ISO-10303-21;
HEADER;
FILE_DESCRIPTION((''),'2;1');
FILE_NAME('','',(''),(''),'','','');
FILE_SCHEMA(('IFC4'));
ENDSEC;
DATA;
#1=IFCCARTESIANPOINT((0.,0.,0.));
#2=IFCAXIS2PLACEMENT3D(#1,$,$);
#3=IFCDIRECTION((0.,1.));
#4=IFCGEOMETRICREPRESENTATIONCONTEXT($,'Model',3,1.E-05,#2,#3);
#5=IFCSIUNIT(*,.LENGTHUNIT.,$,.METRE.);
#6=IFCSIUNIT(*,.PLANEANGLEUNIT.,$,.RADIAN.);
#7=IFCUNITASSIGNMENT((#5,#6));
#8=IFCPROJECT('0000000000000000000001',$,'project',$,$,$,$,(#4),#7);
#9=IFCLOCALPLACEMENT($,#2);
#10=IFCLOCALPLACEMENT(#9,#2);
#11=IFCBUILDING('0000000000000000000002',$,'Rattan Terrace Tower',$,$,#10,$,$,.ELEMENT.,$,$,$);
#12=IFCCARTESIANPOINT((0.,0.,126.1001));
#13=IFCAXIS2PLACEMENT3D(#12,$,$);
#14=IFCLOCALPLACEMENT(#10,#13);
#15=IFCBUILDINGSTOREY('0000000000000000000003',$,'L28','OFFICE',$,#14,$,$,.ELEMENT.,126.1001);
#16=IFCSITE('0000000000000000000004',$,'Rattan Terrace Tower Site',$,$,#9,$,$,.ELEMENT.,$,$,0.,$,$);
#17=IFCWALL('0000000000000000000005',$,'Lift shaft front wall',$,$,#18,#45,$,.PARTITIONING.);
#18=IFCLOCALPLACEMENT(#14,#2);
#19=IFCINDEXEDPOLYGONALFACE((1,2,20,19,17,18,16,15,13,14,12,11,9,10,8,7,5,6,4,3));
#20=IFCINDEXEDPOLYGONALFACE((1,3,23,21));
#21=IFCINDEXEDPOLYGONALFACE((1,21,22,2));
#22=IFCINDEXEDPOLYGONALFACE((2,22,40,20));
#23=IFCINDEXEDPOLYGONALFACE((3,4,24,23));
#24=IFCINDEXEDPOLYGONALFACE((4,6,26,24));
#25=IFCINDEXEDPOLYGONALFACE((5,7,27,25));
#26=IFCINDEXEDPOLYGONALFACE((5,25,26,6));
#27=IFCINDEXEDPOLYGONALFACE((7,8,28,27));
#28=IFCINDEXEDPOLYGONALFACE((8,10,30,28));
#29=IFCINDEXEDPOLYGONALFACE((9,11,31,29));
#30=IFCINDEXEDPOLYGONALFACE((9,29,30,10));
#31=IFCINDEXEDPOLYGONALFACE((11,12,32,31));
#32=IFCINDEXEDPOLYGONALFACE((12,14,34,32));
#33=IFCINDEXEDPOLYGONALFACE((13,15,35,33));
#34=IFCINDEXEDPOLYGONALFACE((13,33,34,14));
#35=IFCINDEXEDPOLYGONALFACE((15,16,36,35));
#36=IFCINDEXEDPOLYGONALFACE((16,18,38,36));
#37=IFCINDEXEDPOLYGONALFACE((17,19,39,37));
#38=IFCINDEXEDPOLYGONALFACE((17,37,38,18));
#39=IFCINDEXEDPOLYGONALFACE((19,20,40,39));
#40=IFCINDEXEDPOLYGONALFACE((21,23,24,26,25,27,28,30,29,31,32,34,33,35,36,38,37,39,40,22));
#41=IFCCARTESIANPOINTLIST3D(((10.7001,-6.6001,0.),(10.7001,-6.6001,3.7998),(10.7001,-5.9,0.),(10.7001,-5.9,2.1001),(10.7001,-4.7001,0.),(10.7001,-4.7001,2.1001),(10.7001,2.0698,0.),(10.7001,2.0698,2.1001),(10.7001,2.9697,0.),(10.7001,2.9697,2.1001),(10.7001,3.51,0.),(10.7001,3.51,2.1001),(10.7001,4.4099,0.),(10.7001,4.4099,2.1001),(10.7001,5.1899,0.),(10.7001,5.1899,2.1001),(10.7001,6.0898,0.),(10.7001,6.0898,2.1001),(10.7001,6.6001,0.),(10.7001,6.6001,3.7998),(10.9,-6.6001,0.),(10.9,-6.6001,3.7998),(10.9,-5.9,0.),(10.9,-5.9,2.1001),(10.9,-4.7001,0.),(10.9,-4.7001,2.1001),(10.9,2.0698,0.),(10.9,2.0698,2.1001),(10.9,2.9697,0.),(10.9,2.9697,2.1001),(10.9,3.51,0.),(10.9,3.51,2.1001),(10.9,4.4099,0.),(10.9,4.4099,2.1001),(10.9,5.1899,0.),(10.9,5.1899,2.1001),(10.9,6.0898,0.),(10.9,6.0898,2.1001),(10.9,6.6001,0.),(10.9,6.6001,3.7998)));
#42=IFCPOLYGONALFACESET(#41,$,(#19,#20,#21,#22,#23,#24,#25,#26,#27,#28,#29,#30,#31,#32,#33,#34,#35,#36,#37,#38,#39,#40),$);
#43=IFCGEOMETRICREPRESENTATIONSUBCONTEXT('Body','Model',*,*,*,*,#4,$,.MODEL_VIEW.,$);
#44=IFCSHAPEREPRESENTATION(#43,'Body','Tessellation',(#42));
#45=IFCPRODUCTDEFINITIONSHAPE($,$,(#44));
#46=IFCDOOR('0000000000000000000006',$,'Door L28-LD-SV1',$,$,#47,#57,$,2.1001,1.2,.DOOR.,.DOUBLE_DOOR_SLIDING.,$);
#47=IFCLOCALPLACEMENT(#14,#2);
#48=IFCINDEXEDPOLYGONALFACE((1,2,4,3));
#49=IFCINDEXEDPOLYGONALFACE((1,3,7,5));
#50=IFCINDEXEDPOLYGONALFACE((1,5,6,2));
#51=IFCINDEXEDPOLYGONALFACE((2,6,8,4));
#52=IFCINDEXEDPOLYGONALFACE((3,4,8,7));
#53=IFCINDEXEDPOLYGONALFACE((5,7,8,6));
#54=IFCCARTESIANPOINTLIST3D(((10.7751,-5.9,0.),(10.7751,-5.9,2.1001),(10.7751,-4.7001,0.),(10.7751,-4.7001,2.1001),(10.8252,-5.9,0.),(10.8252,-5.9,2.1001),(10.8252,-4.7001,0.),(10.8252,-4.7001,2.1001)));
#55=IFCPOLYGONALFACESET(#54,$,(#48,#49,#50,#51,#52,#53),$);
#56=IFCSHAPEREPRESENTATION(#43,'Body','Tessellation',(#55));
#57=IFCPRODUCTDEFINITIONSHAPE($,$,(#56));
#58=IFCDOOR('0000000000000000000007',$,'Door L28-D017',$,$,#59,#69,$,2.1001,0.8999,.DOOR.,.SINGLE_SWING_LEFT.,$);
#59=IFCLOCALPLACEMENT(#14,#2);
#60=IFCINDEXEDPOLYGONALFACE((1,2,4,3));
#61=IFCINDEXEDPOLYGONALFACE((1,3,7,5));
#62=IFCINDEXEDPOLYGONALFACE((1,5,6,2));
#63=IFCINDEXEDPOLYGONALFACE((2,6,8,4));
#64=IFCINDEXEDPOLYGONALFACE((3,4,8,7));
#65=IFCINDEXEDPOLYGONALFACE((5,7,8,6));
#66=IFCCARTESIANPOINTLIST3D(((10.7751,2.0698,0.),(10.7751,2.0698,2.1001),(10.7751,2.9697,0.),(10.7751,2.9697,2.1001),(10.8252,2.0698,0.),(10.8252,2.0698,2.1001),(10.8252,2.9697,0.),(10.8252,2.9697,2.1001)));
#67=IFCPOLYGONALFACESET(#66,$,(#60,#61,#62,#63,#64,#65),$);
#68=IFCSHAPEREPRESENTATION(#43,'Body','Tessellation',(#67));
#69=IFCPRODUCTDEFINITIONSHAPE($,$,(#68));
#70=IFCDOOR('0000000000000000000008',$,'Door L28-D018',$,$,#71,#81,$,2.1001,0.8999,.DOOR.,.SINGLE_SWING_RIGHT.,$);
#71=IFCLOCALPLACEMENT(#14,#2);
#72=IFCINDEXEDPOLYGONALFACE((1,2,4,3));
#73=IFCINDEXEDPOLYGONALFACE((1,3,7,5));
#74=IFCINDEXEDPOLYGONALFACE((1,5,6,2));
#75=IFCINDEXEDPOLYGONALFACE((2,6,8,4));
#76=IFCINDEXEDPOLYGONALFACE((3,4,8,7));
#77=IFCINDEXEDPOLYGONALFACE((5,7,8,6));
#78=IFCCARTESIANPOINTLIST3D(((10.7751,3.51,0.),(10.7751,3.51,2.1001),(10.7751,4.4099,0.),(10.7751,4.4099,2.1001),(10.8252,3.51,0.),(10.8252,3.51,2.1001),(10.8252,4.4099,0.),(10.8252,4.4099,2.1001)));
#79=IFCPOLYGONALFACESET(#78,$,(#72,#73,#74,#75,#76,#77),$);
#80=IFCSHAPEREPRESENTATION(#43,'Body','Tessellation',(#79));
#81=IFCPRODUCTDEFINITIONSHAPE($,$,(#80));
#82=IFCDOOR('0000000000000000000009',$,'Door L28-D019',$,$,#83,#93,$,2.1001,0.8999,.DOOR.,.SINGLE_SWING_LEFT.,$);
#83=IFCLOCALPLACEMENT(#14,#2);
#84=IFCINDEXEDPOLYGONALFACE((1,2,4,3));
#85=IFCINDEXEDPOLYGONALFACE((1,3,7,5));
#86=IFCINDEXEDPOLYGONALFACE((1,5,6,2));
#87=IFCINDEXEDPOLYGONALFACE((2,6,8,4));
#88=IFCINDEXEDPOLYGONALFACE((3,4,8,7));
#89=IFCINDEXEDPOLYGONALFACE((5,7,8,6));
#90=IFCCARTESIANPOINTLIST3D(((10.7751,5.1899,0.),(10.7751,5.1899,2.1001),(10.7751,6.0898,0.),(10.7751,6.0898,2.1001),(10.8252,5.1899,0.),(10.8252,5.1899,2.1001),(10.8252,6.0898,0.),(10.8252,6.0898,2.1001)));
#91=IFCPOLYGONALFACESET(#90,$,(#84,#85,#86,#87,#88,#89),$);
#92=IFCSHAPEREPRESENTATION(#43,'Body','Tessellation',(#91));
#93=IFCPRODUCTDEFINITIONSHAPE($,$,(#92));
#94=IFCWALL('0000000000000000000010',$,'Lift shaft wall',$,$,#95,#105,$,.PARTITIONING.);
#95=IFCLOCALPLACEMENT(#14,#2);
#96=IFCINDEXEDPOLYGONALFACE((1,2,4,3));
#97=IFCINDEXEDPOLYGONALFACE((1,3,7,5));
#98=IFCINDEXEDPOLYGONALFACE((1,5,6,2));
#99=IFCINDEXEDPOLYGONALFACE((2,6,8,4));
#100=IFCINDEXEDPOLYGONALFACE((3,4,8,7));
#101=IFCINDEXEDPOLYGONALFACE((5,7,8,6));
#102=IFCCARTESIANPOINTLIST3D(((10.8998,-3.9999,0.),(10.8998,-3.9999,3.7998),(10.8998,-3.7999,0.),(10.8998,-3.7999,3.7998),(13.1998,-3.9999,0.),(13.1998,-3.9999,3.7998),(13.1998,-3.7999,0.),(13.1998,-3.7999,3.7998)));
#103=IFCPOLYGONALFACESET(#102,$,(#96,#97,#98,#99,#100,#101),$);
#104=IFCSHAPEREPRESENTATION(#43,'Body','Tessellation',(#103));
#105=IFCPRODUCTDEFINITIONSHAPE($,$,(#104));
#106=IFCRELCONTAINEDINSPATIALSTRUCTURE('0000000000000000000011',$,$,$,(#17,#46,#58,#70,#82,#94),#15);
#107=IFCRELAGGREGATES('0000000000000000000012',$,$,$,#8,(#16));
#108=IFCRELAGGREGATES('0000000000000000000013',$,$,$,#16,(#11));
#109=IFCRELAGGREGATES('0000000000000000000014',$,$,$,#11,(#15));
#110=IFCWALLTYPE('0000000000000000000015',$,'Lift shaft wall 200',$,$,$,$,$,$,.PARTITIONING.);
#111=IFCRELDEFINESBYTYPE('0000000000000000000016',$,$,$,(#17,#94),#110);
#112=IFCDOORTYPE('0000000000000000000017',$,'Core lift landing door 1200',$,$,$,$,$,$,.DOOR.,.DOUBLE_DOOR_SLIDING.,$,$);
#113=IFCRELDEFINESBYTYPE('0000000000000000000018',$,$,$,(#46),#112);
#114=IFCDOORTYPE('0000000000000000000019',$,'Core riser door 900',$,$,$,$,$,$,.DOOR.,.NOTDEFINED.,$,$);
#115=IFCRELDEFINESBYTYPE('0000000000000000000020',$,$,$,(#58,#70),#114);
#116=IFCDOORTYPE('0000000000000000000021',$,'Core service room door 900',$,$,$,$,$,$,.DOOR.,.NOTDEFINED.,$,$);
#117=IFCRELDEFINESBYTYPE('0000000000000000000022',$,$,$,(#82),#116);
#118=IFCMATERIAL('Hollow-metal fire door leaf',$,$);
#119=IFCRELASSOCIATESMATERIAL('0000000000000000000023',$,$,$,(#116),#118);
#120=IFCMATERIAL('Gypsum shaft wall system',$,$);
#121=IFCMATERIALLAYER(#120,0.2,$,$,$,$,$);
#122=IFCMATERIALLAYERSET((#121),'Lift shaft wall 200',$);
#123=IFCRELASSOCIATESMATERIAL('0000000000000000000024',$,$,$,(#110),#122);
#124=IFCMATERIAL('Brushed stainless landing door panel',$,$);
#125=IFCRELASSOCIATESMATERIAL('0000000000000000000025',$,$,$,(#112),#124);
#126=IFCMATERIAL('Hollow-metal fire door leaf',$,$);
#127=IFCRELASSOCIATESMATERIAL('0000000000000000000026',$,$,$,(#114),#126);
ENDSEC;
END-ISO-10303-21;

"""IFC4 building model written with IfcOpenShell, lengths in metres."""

from ifc_helpers import new_model, si_unit, direction, frame, frame_2d, origin, place, context, subcontext, project, spatial, rectangle, extrude, material, layer, layer_set, type_object, element, fill, save


model = new_model("IFC4")

# Units and contexts
model_context = context("Model", 3, precision=1e-05, world=origin(), true_north=direction((0.0, 1.0)))
body_context = subcontext(model_context, "Body", "Model", "MODEL_VIEW")
ifc_project = project(units=[si_unit("LENGTHUNIT", "METRE"), si_unit("PLANEANGLEUNIT", "RADIAN")], contexts=[model_context])

# Site, building, storey
site_placement = place(None, origin())
site = spatial("IfcSite", under=ifc_project, at=site_placement, Name="Rattan Terrace Tower Site", CompositionType="ELEMENT", RefElevation=0.0)
building_placement = place(site_placement, origin())
building = spatial("IfcBuilding", under=site, at=building_placement, Name="Rattan Terrace Tower", CompositionType="ELEMENT")
storey_placement = place(building_placement, frame((0.0, 0.0, 126.1001)))
storey = spatial("IfcBuildingStorey", under=building, at=storey_placement, Name="L28", Description="OFFICE", CompositionType="ELEMENT", Elevation=126.1001)

# Shared definitions
ifc_material_1 = material(Name="Hollow-metal fire door leaf")
door_type_1 = type_object("IfcDoorType", Name="Core service room door 900", OperationType="NOTDEFINED", PredefinedType="DOOR", material=ifc_material_1)

# Wall, openings, doors
ifc_material_2 = material(Name="Gypsum shaft wall system")
ifc_layer_1 = layer(ifc_material_2, 0.2)
ifc_layer_set_1 = layer_set([ifc_layer_1], Name="Lift shaft wall 200")
wall_type_1 = type_object("IfcWallType", Name="Lift shaft wall 200", PredefinedType="PARTITIONING", material=ifc_layer_set_1)
wall_1_placement = place(storey_placement, frame((10.8, -6.6001, 0.0), z_axis=(0.0, 0.0, 1.0), x_axis=(0.0, 1.0, 0.0)))
wall_1 = element("IfcWall", 1, at=wall_1_placement, inside=storey, type_object=wall_type_1, Name="Lift shaft front wall", PredefinedType="PARTITIONING", context=body_context, shape_type="SweptSolid", body=[
    extrude(rectangle(XDim=13.2002, YDim=0.2, at=frame_2d((6.6001, 0.0))), origin(), (0.0, 0.0, 1.0), 3.7998),
])
opening_1_placement = place(wall_1_placement, frame((0.7, 0.0, 0.0)))
opening_1 = element("IfcOpeningElement", 2, at=opening_1_placement, cuts=wall_1, PredefinedType="OPENING", context=body_context, shape_type="SweptSolid", body=[
    extrude(rectangle(XDim=1.2, YDim=2.1001, at=frame_2d((0.6001, 1.05))), frame((0.0, 0.1106, 0.0), z_axis=(0.0, -1.0, 0.0), x_axis=(1.0, 0.0, 0.0)), (0.0, 0.0, 1.0), 0.2209),
])
opening_2_placement = place(wall_1_placement, frame((8.6699, 0.0, 0.0)))
opening_2 = element("IfcOpeningElement", 3, at=opening_2_placement, cuts=wall_1, PredefinedType="OPENING", context=body_context, shape_type="SweptSolid", body=[
    extrude(rectangle(XDim=0.8999, YDim=2.1001, at=frame_2d((0.45, 1.05))), frame((0.0, 0.1106, 0.0), z_axis=(0.0, -1.0, 0.0), x_axis=(1.0, 0.0, 0.0)), (0.0, 0.0, 1.0), 0.2209),
])
opening_3_placement = place(wall_1_placement, frame((10.1101, 0.0, 0.0)))
opening_3 = element("IfcOpeningElement", 4, at=opening_3_placement, cuts=wall_1, PredefinedType="OPENING", context=body_context, shape_type="SweptSolid", body=[
    extrude(rectangle(XDim=0.8999, YDim=2.1001, at=frame_2d((0.45, 1.05))), frame((0.0, 0.1106, 0.0), z_axis=(0.0, -1.0, 0.0), x_axis=(1.0, 0.0, 0.0)), (0.0, 0.0, 1.0), 0.2209),
])
opening_4_placement = place(wall_1_placement, frame((11.79, 0.0, 0.0)))
opening_4 = element("IfcOpeningElement", 5, at=opening_4_placement, cuts=wall_1, PredefinedType="OPENING", context=body_context, shape_type="SweptSolid", body=[
    extrude(rectangle(XDim=0.8999, YDim=2.1001, at=frame_2d((0.45, 1.05))), frame((0.0, 0.1106, 0.0), z_axis=(0.0, -1.0, 0.0), x_axis=(1.0, 0.0, 0.0)), (0.0, 0.0, 1.0), 0.2209),
])
ifc_material_3 = material(Name="Brushed stainless landing door panel")
door_type_2 = type_object("IfcDoorType", Name="Core lift landing door 1200", OperationType="DOUBLE_DOOR_SLIDING", PredefinedType="DOOR", material=ifc_material_3)
door_1_placement = place(opening_1_placement, origin())
door_1 = element("IfcDoor", 6, at=door_1_placement, inside=storey, type_object=door_type_2, Name="Door L28-LD-SV1", OperationType="DOUBLE_DOOR_SLIDING", OverallHeight=2.1001, OverallWidth=1.2, PredefinedType="DOOR", context=body_context, shape_type="SweptSolid", body=[
    extrude(rectangle(XDim=1.2, YDim=2.1001, at=frame_2d((0.6001, 1.05))), frame((0.0, 0.0249, 0.0), z_axis=(0.0, -1.0, 0.0), x_axis=(1.0, 0.0, 0.0)), (0.0, 0.0, 1.0), 0.05),
])
fill(opening_1, door_1)
ifc_material_4 = material(Name="Hollow-metal fire door leaf")
door_type_3 = type_object("IfcDoorType", Name="Core riser door 900", OperationType="NOTDEFINED", PredefinedType="DOOR", material=ifc_material_4)
door_2_placement = place(opening_2_placement, origin())
door_2 = element("IfcDoor", 7, at=door_2_placement, inside=storey, type_object=door_type_3, Name="Door L28-D017", OperationType="SINGLE_SWING_LEFT", OverallHeight=2.1001, OverallWidth=0.8999, PredefinedType="DOOR", context=body_context, shape_type="SweptSolid", body=[
    extrude(rectangle(XDim=0.8999, YDim=2.1001, at=frame_2d((0.45, 1.05))), frame((0.0, 0.0249, 0.0), z_axis=(0.0, -1.0, 0.0), x_axis=(1.0, 0.0, 0.0)), (0.0, 0.0, 1.0), 0.05),
])
fill(opening_2, door_2)
door_3_placement = place(opening_3_placement, origin())
door_3 = element("IfcDoor", 8, at=door_3_placement, inside=storey, type_object=door_type_3, Name="Door L28-D018", OperationType="SINGLE_SWING_RIGHT", OverallHeight=2.1001, OverallWidth=0.8999, PredefinedType="DOOR", context=body_context, shape_type="SweptSolid", body=[
    extrude(rectangle(XDim=0.8999, YDim=2.1001, at=frame_2d((0.45, 1.05))), frame((0.0, 0.0249, 0.0), z_axis=(0.0, -1.0, 0.0), x_axis=(1.0, 0.0, 0.0)), (0.0, 0.0, 1.0), 0.05),
])
fill(opening_3, door_3)
door_4_placement = place(opening_4_placement, origin())
door_4 = element("IfcDoor", 9, at=door_4_placement, inside=storey, type_object=door_type_1, Name="Door L28-D019", OperationType="SINGLE_SWING_LEFT", OverallHeight=2.1001, OverallWidth=0.8999, PredefinedType="DOOR", context=body_context, shape_type="SweptSolid", body=[
    extrude(rectangle(XDim=0.8999, YDim=2.1001, at=frame_2d((0.45, 1.05))), frame((0.0, 0.0249, 0.0), z_axis=(0.0, -1.0, 0.0), x_axis=(1.0, 0.0, 0.0)), (0.0, 0.0, 1.0), 0.05),
])
fill(opening_4, door_4)

# Wall
wall_2_placement = place(storey_placement, frame((10.8999, -3.8999, 0.0), z_axis=(0.0, 0.0, 1.0), x_axis=(1.0, 0.0, 0.0)))
element("IfcWall", 10, at=wall_2_placement, inside=storey, type_object=wall_type_1, Name="Lift shaft wall", PredefinedType="PARTITIONING", context=body_context, shape_type="SweptSolid", body=[
    extrude(rectangle(XDim=2.3, YDim=0.2, at=frame_2d((1.1499, 0.0))), origin(), (0.0, 0.0, 1.0), 3.7998),
])

save(model, "model.ifc")
